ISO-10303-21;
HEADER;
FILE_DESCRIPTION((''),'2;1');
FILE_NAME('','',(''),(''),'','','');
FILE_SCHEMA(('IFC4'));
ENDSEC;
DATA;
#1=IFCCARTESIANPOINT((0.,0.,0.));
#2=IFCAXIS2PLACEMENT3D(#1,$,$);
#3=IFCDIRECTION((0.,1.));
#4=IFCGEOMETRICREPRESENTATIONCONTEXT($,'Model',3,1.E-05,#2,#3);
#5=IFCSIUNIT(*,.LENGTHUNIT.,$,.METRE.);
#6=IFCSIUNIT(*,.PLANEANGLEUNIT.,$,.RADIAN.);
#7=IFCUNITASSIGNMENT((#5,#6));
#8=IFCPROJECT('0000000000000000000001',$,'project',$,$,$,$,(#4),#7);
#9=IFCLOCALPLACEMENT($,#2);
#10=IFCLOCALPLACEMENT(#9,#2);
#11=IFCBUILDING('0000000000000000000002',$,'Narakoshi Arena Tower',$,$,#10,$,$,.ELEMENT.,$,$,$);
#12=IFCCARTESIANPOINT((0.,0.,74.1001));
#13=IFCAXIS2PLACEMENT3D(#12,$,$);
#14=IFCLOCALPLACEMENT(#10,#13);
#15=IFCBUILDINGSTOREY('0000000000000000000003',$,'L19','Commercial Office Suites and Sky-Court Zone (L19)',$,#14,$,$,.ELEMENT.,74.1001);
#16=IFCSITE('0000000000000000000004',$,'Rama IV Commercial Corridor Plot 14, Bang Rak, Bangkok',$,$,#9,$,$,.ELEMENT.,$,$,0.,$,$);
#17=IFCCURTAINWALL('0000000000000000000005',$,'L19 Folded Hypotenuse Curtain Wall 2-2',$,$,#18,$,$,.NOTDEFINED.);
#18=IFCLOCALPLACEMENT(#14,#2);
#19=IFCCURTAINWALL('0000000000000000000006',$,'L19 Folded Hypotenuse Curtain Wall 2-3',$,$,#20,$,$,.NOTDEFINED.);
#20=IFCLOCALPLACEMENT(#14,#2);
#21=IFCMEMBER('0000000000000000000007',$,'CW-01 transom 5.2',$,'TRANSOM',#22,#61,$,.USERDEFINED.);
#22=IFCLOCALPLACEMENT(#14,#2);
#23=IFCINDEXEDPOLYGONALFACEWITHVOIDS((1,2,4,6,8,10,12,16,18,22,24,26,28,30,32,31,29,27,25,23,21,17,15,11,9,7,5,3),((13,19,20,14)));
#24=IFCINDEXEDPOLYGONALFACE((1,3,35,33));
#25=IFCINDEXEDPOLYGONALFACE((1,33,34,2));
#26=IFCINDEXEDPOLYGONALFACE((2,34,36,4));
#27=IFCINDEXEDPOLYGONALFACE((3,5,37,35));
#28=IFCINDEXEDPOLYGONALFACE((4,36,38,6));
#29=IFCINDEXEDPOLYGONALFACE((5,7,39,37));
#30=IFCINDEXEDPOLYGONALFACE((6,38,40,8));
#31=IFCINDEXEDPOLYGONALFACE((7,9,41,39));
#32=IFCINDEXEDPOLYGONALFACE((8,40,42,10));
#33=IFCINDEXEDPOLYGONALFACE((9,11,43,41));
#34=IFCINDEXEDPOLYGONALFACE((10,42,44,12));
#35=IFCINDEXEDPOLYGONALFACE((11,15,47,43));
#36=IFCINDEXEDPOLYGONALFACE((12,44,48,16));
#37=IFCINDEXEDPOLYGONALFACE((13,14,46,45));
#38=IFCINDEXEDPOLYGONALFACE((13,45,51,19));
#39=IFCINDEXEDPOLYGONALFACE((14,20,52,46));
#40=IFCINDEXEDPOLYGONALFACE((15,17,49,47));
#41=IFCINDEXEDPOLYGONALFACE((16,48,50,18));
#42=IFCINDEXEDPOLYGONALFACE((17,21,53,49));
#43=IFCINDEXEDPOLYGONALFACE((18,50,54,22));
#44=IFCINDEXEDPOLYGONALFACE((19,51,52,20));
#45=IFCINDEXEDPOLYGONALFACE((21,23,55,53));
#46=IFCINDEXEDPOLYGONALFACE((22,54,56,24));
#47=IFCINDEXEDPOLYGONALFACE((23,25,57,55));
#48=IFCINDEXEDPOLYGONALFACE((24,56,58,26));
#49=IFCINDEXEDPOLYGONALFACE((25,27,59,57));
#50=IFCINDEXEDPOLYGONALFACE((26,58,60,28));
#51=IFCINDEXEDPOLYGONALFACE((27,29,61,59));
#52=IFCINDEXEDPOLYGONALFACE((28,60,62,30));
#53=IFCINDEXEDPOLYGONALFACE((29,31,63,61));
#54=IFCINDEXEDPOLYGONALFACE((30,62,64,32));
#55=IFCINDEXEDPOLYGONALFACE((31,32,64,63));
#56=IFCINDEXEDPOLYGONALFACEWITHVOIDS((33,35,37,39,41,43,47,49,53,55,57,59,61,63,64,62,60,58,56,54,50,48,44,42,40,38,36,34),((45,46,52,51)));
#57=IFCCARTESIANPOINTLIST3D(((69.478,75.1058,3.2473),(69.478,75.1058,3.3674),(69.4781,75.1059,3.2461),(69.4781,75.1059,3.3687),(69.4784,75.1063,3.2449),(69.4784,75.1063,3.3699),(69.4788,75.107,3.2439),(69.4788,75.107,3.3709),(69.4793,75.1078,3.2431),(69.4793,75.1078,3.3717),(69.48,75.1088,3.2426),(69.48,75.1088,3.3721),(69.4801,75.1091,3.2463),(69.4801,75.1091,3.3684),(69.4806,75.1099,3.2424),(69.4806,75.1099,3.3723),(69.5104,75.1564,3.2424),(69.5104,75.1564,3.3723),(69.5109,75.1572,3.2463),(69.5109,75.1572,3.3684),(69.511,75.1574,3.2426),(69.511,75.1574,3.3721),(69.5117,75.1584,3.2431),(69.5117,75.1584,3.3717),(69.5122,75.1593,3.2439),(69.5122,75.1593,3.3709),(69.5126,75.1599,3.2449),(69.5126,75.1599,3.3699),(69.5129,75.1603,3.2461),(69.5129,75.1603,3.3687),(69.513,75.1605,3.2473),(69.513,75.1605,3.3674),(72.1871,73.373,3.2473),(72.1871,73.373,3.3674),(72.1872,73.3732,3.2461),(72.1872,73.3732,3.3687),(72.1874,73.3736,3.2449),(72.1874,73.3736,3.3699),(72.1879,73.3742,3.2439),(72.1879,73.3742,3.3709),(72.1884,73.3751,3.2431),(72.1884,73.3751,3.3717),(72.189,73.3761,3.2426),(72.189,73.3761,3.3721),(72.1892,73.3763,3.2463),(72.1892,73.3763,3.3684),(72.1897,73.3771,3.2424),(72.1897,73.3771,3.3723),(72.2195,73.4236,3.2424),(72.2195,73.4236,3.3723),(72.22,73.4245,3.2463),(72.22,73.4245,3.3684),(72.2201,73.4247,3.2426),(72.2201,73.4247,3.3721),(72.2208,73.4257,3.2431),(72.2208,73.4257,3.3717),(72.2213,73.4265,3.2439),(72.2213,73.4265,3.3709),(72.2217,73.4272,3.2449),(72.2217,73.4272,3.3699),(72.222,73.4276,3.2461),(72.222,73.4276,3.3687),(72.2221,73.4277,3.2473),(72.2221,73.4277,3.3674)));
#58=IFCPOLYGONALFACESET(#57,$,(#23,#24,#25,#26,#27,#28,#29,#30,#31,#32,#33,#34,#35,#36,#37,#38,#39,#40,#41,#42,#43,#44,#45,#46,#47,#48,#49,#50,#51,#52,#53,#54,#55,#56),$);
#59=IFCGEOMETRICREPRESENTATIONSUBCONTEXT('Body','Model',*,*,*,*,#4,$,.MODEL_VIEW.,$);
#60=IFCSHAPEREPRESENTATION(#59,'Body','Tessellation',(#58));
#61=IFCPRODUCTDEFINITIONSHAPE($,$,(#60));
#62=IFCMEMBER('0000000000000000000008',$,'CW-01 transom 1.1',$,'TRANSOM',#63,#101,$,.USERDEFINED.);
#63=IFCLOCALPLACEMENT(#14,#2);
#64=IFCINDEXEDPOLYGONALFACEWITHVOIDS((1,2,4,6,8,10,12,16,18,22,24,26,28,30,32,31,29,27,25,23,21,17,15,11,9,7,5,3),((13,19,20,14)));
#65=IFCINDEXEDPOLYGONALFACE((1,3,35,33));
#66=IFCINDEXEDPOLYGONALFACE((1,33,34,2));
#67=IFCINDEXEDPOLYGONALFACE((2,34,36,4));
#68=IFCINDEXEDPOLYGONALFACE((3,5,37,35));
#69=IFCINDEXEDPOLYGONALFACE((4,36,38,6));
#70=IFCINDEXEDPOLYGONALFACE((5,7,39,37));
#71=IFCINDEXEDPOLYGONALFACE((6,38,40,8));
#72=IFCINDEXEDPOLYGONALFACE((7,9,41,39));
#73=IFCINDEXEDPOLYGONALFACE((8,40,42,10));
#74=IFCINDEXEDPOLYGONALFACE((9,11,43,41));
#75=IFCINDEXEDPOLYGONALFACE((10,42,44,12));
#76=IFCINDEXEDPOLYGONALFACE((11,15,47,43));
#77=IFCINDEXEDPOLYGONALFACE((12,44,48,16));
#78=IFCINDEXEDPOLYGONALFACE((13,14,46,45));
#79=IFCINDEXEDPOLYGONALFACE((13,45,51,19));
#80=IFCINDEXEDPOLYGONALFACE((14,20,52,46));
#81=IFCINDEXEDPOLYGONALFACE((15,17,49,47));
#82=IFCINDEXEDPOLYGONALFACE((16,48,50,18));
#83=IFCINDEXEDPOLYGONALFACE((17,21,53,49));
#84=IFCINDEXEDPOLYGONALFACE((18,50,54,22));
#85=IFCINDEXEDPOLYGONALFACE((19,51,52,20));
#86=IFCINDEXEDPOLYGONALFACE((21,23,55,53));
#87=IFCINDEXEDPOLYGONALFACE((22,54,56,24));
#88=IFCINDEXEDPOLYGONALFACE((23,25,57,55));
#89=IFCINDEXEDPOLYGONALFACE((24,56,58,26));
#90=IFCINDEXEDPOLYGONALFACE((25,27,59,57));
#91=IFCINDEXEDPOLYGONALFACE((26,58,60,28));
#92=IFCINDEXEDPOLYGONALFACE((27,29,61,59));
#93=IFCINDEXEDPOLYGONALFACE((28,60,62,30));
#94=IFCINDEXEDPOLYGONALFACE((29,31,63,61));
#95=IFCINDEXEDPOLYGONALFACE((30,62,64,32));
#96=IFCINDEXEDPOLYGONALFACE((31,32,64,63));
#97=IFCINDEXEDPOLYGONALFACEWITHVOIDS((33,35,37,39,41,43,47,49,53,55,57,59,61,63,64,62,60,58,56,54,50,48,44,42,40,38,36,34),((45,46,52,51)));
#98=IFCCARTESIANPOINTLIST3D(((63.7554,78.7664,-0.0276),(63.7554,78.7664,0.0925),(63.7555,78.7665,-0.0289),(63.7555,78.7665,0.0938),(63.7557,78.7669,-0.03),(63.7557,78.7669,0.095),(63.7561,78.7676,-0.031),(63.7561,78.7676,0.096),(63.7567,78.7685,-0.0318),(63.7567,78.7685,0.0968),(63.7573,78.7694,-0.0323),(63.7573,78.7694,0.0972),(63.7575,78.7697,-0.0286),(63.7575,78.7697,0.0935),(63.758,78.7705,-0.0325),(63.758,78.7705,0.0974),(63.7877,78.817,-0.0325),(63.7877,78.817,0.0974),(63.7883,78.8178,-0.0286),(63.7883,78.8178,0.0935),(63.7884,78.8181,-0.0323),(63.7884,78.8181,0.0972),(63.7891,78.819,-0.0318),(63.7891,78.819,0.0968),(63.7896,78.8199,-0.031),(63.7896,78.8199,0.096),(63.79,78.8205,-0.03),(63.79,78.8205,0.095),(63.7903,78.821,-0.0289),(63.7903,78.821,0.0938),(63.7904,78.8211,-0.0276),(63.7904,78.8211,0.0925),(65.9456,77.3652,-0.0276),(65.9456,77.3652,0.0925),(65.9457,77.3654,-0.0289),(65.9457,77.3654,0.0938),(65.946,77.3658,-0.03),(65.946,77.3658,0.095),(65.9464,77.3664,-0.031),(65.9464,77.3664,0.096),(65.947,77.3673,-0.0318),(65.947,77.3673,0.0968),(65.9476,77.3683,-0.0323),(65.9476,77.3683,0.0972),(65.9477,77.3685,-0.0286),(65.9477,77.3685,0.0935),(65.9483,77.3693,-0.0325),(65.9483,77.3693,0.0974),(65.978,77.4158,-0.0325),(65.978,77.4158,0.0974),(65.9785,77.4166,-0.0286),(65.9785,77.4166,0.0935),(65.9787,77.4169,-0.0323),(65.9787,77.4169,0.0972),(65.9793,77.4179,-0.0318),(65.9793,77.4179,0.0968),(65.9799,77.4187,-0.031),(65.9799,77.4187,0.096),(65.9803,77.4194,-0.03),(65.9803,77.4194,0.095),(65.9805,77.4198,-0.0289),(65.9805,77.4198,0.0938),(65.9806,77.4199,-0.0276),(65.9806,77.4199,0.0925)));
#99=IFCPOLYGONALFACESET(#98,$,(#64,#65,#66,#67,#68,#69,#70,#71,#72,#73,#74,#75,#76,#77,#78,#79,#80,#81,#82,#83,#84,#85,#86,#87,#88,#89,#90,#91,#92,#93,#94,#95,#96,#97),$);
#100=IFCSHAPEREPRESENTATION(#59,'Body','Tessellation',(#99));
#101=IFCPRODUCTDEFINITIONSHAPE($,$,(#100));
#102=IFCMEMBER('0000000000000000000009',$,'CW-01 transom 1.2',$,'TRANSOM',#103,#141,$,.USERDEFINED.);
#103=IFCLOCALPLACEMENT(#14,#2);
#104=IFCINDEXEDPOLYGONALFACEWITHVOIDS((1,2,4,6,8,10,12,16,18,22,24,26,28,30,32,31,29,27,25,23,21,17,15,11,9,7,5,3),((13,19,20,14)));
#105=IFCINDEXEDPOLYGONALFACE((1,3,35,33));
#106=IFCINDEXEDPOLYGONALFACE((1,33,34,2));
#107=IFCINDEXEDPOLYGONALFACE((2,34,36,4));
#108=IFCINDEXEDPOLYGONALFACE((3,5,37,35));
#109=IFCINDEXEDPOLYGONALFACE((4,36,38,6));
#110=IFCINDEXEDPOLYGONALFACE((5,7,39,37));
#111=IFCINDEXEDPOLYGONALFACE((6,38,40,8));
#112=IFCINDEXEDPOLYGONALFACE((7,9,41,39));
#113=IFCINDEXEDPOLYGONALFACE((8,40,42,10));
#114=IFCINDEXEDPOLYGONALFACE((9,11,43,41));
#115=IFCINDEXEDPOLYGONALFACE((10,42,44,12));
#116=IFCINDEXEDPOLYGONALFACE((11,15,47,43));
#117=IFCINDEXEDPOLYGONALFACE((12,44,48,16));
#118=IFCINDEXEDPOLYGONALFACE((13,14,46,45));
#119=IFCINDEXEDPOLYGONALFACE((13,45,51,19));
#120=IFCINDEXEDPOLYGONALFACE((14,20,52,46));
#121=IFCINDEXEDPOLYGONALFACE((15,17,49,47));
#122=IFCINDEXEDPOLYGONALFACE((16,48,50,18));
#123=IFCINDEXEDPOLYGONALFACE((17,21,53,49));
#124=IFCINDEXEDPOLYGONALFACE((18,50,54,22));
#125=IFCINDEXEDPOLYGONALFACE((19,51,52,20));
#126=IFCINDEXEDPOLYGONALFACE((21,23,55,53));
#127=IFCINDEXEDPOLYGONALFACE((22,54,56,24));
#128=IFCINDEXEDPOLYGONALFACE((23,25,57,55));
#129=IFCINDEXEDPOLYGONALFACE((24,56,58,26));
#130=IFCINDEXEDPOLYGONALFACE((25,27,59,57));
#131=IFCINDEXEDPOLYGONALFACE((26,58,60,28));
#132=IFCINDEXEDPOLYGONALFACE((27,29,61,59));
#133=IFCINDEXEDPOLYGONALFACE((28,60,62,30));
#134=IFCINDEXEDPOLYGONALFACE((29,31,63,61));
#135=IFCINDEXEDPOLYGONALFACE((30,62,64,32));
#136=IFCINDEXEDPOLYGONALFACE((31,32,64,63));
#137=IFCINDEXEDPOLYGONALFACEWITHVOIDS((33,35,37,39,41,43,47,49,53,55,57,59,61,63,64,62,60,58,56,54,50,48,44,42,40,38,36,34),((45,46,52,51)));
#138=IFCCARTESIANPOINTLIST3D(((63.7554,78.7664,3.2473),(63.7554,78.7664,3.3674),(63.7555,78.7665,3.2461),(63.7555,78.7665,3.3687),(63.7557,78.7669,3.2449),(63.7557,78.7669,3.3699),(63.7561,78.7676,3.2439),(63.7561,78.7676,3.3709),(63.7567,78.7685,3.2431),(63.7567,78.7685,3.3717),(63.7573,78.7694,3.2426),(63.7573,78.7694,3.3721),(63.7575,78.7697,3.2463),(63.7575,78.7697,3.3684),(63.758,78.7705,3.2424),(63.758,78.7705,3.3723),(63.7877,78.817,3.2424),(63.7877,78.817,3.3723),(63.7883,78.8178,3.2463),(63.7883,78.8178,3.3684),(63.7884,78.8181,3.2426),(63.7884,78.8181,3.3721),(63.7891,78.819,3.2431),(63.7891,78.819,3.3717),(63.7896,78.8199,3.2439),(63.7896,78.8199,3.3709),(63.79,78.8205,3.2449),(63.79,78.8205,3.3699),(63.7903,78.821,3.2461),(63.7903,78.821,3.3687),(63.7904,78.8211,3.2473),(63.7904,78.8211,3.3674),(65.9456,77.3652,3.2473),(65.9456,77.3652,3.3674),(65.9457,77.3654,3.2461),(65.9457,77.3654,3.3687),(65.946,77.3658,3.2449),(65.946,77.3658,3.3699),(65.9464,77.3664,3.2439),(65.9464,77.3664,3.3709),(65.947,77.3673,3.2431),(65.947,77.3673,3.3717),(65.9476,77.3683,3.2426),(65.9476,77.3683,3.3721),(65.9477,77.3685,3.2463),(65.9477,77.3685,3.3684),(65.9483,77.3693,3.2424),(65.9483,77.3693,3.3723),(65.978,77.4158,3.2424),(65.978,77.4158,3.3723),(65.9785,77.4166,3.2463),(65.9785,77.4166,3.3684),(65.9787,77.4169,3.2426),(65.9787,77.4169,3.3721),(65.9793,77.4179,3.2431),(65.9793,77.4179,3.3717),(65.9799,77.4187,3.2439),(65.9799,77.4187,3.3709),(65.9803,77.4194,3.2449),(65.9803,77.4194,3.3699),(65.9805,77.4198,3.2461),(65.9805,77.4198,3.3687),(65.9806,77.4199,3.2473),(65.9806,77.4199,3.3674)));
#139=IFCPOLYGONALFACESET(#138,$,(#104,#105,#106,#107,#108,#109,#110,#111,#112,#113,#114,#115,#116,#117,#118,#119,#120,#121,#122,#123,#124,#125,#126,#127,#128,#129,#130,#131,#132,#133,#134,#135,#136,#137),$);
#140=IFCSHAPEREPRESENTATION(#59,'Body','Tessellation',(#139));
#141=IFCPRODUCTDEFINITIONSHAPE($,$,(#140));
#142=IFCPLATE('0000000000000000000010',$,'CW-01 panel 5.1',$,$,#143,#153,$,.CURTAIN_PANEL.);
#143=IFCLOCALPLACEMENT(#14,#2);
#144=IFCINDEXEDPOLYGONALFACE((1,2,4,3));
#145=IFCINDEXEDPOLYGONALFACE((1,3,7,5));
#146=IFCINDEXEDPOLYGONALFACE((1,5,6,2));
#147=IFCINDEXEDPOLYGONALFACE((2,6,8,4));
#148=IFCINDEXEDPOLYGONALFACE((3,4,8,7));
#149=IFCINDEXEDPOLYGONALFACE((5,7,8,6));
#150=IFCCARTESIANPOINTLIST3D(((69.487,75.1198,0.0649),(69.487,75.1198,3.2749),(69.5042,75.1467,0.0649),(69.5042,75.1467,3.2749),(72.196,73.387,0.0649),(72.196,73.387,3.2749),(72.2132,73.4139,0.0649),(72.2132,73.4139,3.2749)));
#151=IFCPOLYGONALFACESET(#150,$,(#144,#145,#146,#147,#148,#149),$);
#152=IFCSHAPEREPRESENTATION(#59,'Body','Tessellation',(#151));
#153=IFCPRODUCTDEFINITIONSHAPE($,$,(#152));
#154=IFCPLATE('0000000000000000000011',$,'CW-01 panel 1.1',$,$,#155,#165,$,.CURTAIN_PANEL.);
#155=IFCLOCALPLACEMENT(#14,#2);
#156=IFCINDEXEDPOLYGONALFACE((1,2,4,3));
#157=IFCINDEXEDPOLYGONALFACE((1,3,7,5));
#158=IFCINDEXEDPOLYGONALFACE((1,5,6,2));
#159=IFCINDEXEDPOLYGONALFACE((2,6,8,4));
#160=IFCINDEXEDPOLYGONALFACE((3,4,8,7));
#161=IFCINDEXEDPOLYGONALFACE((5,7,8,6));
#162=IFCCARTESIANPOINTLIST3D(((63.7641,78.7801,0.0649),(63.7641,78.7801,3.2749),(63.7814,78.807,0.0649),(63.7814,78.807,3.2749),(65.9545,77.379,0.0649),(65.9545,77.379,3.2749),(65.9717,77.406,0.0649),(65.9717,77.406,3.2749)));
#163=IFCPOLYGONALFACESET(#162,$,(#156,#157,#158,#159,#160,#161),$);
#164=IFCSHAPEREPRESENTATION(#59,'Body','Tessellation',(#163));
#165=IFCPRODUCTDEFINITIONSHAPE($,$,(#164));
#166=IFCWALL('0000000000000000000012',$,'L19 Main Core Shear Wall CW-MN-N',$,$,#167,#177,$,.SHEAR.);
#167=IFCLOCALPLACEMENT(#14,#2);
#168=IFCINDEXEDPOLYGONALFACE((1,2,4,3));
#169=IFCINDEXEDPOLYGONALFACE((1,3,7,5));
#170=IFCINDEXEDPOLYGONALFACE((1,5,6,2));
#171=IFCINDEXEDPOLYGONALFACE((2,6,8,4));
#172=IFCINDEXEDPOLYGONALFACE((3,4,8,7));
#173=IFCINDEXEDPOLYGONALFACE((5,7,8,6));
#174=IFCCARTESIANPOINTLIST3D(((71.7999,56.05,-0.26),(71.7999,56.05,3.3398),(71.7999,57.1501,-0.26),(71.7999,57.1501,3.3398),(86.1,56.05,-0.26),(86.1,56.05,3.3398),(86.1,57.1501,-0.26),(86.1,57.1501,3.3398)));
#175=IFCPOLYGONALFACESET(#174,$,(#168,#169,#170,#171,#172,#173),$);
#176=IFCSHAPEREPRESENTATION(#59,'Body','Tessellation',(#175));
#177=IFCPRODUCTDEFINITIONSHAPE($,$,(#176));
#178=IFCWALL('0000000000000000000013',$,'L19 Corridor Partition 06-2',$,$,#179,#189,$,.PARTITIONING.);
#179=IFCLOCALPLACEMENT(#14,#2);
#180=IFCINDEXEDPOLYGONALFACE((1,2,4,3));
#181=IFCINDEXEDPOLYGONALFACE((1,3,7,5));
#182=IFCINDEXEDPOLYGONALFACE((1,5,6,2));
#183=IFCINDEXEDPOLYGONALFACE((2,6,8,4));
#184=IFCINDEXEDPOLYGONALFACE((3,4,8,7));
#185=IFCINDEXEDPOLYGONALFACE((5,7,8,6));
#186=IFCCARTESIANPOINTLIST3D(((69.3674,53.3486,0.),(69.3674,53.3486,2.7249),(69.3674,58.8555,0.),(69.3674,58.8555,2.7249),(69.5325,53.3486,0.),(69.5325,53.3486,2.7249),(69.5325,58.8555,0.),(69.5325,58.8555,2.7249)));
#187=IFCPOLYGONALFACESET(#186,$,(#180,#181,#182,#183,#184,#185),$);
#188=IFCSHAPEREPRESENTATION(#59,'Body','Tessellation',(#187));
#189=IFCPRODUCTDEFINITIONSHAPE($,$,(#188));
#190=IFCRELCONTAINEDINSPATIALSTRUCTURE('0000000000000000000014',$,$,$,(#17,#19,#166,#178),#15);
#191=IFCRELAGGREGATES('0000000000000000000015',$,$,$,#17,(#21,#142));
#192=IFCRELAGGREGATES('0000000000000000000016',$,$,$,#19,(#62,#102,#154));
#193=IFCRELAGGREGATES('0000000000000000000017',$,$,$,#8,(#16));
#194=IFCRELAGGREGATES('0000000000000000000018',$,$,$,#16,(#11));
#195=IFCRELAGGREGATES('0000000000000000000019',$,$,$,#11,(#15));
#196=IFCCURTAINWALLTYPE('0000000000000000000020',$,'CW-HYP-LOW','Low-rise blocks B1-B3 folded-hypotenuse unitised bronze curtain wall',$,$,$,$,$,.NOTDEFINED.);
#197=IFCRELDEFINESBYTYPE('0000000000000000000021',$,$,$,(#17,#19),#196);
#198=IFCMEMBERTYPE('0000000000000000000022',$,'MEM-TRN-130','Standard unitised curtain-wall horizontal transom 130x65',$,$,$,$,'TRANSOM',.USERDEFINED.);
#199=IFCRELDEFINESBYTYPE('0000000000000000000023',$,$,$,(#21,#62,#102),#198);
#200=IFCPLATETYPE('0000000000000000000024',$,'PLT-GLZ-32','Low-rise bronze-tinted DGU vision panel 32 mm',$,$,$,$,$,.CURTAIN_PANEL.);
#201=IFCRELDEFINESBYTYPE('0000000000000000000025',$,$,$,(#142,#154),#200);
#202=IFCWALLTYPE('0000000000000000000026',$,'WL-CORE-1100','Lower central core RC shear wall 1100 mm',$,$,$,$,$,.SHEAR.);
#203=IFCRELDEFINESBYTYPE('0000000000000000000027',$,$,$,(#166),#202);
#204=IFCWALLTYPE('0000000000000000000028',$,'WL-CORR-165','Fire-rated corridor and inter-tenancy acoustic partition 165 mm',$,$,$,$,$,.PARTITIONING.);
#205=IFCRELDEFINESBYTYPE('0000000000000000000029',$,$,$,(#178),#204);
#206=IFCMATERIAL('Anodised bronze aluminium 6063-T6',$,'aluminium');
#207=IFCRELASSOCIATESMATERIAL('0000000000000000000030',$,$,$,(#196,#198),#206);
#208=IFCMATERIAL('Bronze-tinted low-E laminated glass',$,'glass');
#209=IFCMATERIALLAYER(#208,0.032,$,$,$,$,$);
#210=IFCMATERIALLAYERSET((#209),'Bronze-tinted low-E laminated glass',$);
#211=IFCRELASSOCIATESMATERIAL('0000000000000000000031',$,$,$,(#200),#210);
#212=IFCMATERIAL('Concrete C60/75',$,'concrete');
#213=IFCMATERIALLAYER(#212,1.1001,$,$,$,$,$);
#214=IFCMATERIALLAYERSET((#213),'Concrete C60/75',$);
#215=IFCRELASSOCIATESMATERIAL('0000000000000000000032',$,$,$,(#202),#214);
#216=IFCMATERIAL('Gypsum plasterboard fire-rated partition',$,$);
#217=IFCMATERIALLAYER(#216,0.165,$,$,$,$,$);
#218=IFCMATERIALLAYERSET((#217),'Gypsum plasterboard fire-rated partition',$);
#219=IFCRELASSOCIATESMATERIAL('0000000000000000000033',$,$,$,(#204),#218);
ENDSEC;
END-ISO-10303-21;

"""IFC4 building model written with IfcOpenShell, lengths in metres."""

from ifc_helpers import new_model, si_unit, direction, frame, frame_2d, origin, origin_2d, place, context, subcontext, project, spatial, rectangle, hollow_rectangle, extrude, material, layer, layer_set, material_profile, profile_set, type_object, element, aggregate, save


model = new_model("IFC4")

# Units and contexts
model_context = context("Model", 3, precision=1e-05, world=origin(), true_north=direction((0.0, 1.0)))
body_context = subcontext(model_context, "Body", "Model", "MODEL_VIEW")
ifc_project = project(units=[si_unit("LENGTHUNIT", "METRE"), si_unit("PLANEANGLEUNIT", "RADIAN")], contexts=[model_context])

# Site, building, storey
site_placement = place(None, origin())
site = spatial("IfcSite", under=ifc_project, at=site_placement, Name="Rama IV Commercial Corridor Plot 14, Bang Rak, Bangkok", CompositionType="ELEMENT", RefElevation=0.0)
building_placement = place(site_placement, origin())
building = spatial("IfcBuilding", under=site, at=building_placement, Name="Narakoshi Arena Tower", CompositionType="ELEMENT")
storey_placement = place(building_placement, frame((0.0, 0.0, 74.1001)))
storey = spatial("IfcBuildingStorey", under=building, at=storey_placement, Name="L19", Description="Commercial Office Suites and Sky-Court Zone (L19)", CompositionType="ELEMENT", Elevation=74.1001)

# Shared definitions
ifc_material_1 = material(Name="Concrete C60/75", Category="concrete")

# Curtain walls
ifc_material_2 = material(Name="Anodised bronze aluminium 6063-T6", Category="aluminium")
curtain_wall_type = type_object("IfcCurtainWallType", Name="CW-HYP-LOW", Description="Low-rise blocks B1-B3 folded-hypotenuse unitised bronze curtain wall", PredefinedType="NOTDEFINED", material=ifc_material_2)
curtain_wall_1_placement = place(storey_placement, origin())
curtain_wall_1 = element("IfcCurtainWall", 1, at=curtain_wall_1_placement, inside=storey, type_object=curtain_wall_type, Name="L19 Folded Hypotenuse Curtain Wall 2-2", PredefinedType="NOTDEFINED")
curtain_wall_2_placement = place(storey_placement, origin())
curtain_wall_2 = element("IfcCurtainWall", 2, at=curtain_wall_2_placement, inside=storey, type_object=curtain_wall_type, Name="L19 Folded Hypotenuse Curtain Wall 2-3", PredefinedType="NOTDEFINED")

# Members
ifc_material_profile_1 = material_profile(ifc_material_2, hollow_rectangle(XDim=0.0649, YDim=0.1299, WallThickness=0.0039, OuterFilletRadius=0.0049, at=origin_2d()), Name="TRN130x65x4")
ifc_profile_set_1 = profile_set([ifc_material_profile_1], Name="Anodised bronze aluminium 6063-T6")
member_type_1 = type_object("IfcMemberType", Name="MEM-TRN-130", Description="Standard unitised curtain-wall horizontal transom 130x65", ElementType="TRANSOM", PredefinedType="USERDEFINED", material=ifc_profile_set_1)
member_1_placement = place(storey_placement, frame((72.2046, 73.4004, 3.3074), z_axis=(-0.842424, 0.538815, 0.0), x_axis=(-0.538815, -0.842424, 0.0)))
member_1 = element("IfcMember", 3, at=member_1_placement, type_object=member_type_1, Name="CW-01 transom 5.2", ObjectType="TRANSOM", PredefinedType="USERDEFINED", context=body_context, shape_type="SweptSolid", body=[
    extrude(hollow_rectangle(XDim=0.0649, YDim=0.1299, WallThickness=0.0039, OuterFilletRadius=0.0049, at=origin_2d()), origin(), (0.0, 0.0, 1.0), 3.2158),
])
member_2_placement = place(storey_placement, frame((65.9631, 77.3926, 0.0325), z_axis=(-0.842375, 0.538891, 0.0), x_axis=(-0.538891, -0.842375, 0.0)))
member_2 = element("IfcMember", 4, at=member_2_placement, type_object=member_type_1, Name="CW-01 transom 1.1", ObjectType="TRANSOM", PredefinedType="USERDEFINED", context=body_context, shape_type="SweptSolid", body=[
    extrude(hollow_rectangle(XDim=0.0649, YDim=0.1299, WallThickness=0.0039, OuterFilletRadius=0.0049, at=origin_2d()), origin(), (0.0, 0.0, 1.0), 2.6001),
])
member_3_placement = place(storey_placement, frame((65.9631, 77.3926, 3.3074), z_axis=(-0.842375, 0.538891, 0.0), x_axis=(-0.538891, -0.842375, 0.0)))
member_3 = element("IfcMember", 5, at=member_3_placement, type_object=member_type_1, Name="CW-01 transom 1.2", ObjectType="TRANSOM", PredefinedType="USERDEFINED", context=body_context, shape_type="SweptSolid", body=[
    extrude(hollow_rectangle(XDim=0.0649, YDim=0.1299, WallThickness=0.0039, OuterFilletRadius=0.0049, at=origin_2d()), origin(), (0.0, 0.0, 1.0), 2.6001),
])

# Plates
ifc_material_3 = material(Name="Bronze-tinted low-E laminated glass", Category="glass")
ifc_layer_1 = layer(ifc_material_3, 0.032)
ifc_layer_set_1 = layer_set([ifc_layer_1], Name="Bronze-tinted low-E laminated glass")
plate_type = type_object("IfcPlateType", Name="PLT-GLZ-32", Description="Low-rise bronze-tinted DGU vision panel 32 mm", PredefinedType="CURTAIN_PANEL", material=ifc_layer_set_1)
plate_1_placement = place(storey_placement, frame((70.8501, 74.2668, 0.0649), z_axis=(0.0, 0.0, 1.0), x_axis=(-0.842415, 0.538829, 0.0)))
plate_1 = element("IfcPlate", 6, at=plate_1_placement, type_object=plate_type, Name="CW-01 panel 5.1", PredefinedType="CURTAIN_PANEL", context=body_context, shape_type="SweptSolid", body=[
    extrude(rectangle(XDim=3.2158, YDim=0.032, at=origin_2d()), origin(), (0.0, 0.0, 1.0), 3.21),
])
aggregate(curtain_wall_1, [member_1, plate_1])
plate_2_placement = place(storey_placement, frame((64.8679, 78.093, 0.0649), z_axis=(0.0, 0.0, 1.0), x_axis=(-0.842407, 0.538841, 0.0)))
plate_2 = element("IfcPlate", 7, at=plate_2_placement, type_object=plate_type, Name="CW-01 panel 1.1", PredefinedType="CURTAIN_PANEL", context=body_context, shape_type="SweptSolid", body=[
    extrude(rectangle(XDim=2.6001, YDim=0.032, at=origin_2d()), origin(), (0.0, 0.0, 1.0), 3.21),
])
aggregate(curtain_wall_2, [member_2, member_3, plate_2])

# Walls
ifc_layer_2 = layer(ifc_material_1, 1.1001)
ifc_layer_set_2 = layer_set([ifc_layer_2], Name="Concrete C60/75")
wall_type_1 = type_object("IfcWallType", Name="WL-CORE-1100", Description="Lower central core RC shear wall 1100 mm", PredefinedType="SHEAR", material=ifc_layer_set_2)
wall_1_placement = place(storey_placement, frame((71.8, 56.6001, -0.26), z_axis=(0.0, 0.0, 1.0), x_axis=(1.0, 0.0, 0.0)))
element("IfcWall", 8, at=wall_1_placement, inside=storey, type_object=wall_type_1, Name="L19 Main Core Shear Wall CW-MN-N", PredefinedType="SHEAR", context=body_context, shape_type="SweptSolid", body=[
    extrude(rectangle(XDim=14.3, YDim=1.1001, at=frame_2d((7.1499, 0.0))), origin(), (0.0, 0.0, 1.0), 3.5999),
])
ifc_material_4 = material(Name="Gypsum plasterboard fire-rated partition")
ifc_layer_3 = layer(ifc_material_4, 0.165)
ifc_layer_set_3 = layer_set([ifc_layer_3], Name="Gypsum plasterboard fire-rated partition")
wall_type_2 = type_object("IfcWallType", Name="WL-CORR-165", Description="Fire-rated corridor and inter-tenancy acoustic partition 165 mm", PredefinedType="PARTITIONING", material=ifc_layer_set_3)
wall_2_placement = place(storey_placement, frame((69.45, 58.8555, 0.0), z_axis=(0.0, 0.0, 1.0), x_axis=(0.0, -1.0, 0.0)))
element("IfcWall", 9, at=wall_2_placement, inside=storey, type_object=wall_type_2, Name="L19 Corridor Partition 06-2", PredefinedType="PARTITIONING", context=body_context, shape_type="SweptSolid", body=[
    extrude(rectangle(XDim=5.5068, YDim=0.165, at=frame_2d((2.7534, 0.0))), origin(), (0.0, 0.0, 1.0), 2.7249),
])

save(model, "model.ifc")
